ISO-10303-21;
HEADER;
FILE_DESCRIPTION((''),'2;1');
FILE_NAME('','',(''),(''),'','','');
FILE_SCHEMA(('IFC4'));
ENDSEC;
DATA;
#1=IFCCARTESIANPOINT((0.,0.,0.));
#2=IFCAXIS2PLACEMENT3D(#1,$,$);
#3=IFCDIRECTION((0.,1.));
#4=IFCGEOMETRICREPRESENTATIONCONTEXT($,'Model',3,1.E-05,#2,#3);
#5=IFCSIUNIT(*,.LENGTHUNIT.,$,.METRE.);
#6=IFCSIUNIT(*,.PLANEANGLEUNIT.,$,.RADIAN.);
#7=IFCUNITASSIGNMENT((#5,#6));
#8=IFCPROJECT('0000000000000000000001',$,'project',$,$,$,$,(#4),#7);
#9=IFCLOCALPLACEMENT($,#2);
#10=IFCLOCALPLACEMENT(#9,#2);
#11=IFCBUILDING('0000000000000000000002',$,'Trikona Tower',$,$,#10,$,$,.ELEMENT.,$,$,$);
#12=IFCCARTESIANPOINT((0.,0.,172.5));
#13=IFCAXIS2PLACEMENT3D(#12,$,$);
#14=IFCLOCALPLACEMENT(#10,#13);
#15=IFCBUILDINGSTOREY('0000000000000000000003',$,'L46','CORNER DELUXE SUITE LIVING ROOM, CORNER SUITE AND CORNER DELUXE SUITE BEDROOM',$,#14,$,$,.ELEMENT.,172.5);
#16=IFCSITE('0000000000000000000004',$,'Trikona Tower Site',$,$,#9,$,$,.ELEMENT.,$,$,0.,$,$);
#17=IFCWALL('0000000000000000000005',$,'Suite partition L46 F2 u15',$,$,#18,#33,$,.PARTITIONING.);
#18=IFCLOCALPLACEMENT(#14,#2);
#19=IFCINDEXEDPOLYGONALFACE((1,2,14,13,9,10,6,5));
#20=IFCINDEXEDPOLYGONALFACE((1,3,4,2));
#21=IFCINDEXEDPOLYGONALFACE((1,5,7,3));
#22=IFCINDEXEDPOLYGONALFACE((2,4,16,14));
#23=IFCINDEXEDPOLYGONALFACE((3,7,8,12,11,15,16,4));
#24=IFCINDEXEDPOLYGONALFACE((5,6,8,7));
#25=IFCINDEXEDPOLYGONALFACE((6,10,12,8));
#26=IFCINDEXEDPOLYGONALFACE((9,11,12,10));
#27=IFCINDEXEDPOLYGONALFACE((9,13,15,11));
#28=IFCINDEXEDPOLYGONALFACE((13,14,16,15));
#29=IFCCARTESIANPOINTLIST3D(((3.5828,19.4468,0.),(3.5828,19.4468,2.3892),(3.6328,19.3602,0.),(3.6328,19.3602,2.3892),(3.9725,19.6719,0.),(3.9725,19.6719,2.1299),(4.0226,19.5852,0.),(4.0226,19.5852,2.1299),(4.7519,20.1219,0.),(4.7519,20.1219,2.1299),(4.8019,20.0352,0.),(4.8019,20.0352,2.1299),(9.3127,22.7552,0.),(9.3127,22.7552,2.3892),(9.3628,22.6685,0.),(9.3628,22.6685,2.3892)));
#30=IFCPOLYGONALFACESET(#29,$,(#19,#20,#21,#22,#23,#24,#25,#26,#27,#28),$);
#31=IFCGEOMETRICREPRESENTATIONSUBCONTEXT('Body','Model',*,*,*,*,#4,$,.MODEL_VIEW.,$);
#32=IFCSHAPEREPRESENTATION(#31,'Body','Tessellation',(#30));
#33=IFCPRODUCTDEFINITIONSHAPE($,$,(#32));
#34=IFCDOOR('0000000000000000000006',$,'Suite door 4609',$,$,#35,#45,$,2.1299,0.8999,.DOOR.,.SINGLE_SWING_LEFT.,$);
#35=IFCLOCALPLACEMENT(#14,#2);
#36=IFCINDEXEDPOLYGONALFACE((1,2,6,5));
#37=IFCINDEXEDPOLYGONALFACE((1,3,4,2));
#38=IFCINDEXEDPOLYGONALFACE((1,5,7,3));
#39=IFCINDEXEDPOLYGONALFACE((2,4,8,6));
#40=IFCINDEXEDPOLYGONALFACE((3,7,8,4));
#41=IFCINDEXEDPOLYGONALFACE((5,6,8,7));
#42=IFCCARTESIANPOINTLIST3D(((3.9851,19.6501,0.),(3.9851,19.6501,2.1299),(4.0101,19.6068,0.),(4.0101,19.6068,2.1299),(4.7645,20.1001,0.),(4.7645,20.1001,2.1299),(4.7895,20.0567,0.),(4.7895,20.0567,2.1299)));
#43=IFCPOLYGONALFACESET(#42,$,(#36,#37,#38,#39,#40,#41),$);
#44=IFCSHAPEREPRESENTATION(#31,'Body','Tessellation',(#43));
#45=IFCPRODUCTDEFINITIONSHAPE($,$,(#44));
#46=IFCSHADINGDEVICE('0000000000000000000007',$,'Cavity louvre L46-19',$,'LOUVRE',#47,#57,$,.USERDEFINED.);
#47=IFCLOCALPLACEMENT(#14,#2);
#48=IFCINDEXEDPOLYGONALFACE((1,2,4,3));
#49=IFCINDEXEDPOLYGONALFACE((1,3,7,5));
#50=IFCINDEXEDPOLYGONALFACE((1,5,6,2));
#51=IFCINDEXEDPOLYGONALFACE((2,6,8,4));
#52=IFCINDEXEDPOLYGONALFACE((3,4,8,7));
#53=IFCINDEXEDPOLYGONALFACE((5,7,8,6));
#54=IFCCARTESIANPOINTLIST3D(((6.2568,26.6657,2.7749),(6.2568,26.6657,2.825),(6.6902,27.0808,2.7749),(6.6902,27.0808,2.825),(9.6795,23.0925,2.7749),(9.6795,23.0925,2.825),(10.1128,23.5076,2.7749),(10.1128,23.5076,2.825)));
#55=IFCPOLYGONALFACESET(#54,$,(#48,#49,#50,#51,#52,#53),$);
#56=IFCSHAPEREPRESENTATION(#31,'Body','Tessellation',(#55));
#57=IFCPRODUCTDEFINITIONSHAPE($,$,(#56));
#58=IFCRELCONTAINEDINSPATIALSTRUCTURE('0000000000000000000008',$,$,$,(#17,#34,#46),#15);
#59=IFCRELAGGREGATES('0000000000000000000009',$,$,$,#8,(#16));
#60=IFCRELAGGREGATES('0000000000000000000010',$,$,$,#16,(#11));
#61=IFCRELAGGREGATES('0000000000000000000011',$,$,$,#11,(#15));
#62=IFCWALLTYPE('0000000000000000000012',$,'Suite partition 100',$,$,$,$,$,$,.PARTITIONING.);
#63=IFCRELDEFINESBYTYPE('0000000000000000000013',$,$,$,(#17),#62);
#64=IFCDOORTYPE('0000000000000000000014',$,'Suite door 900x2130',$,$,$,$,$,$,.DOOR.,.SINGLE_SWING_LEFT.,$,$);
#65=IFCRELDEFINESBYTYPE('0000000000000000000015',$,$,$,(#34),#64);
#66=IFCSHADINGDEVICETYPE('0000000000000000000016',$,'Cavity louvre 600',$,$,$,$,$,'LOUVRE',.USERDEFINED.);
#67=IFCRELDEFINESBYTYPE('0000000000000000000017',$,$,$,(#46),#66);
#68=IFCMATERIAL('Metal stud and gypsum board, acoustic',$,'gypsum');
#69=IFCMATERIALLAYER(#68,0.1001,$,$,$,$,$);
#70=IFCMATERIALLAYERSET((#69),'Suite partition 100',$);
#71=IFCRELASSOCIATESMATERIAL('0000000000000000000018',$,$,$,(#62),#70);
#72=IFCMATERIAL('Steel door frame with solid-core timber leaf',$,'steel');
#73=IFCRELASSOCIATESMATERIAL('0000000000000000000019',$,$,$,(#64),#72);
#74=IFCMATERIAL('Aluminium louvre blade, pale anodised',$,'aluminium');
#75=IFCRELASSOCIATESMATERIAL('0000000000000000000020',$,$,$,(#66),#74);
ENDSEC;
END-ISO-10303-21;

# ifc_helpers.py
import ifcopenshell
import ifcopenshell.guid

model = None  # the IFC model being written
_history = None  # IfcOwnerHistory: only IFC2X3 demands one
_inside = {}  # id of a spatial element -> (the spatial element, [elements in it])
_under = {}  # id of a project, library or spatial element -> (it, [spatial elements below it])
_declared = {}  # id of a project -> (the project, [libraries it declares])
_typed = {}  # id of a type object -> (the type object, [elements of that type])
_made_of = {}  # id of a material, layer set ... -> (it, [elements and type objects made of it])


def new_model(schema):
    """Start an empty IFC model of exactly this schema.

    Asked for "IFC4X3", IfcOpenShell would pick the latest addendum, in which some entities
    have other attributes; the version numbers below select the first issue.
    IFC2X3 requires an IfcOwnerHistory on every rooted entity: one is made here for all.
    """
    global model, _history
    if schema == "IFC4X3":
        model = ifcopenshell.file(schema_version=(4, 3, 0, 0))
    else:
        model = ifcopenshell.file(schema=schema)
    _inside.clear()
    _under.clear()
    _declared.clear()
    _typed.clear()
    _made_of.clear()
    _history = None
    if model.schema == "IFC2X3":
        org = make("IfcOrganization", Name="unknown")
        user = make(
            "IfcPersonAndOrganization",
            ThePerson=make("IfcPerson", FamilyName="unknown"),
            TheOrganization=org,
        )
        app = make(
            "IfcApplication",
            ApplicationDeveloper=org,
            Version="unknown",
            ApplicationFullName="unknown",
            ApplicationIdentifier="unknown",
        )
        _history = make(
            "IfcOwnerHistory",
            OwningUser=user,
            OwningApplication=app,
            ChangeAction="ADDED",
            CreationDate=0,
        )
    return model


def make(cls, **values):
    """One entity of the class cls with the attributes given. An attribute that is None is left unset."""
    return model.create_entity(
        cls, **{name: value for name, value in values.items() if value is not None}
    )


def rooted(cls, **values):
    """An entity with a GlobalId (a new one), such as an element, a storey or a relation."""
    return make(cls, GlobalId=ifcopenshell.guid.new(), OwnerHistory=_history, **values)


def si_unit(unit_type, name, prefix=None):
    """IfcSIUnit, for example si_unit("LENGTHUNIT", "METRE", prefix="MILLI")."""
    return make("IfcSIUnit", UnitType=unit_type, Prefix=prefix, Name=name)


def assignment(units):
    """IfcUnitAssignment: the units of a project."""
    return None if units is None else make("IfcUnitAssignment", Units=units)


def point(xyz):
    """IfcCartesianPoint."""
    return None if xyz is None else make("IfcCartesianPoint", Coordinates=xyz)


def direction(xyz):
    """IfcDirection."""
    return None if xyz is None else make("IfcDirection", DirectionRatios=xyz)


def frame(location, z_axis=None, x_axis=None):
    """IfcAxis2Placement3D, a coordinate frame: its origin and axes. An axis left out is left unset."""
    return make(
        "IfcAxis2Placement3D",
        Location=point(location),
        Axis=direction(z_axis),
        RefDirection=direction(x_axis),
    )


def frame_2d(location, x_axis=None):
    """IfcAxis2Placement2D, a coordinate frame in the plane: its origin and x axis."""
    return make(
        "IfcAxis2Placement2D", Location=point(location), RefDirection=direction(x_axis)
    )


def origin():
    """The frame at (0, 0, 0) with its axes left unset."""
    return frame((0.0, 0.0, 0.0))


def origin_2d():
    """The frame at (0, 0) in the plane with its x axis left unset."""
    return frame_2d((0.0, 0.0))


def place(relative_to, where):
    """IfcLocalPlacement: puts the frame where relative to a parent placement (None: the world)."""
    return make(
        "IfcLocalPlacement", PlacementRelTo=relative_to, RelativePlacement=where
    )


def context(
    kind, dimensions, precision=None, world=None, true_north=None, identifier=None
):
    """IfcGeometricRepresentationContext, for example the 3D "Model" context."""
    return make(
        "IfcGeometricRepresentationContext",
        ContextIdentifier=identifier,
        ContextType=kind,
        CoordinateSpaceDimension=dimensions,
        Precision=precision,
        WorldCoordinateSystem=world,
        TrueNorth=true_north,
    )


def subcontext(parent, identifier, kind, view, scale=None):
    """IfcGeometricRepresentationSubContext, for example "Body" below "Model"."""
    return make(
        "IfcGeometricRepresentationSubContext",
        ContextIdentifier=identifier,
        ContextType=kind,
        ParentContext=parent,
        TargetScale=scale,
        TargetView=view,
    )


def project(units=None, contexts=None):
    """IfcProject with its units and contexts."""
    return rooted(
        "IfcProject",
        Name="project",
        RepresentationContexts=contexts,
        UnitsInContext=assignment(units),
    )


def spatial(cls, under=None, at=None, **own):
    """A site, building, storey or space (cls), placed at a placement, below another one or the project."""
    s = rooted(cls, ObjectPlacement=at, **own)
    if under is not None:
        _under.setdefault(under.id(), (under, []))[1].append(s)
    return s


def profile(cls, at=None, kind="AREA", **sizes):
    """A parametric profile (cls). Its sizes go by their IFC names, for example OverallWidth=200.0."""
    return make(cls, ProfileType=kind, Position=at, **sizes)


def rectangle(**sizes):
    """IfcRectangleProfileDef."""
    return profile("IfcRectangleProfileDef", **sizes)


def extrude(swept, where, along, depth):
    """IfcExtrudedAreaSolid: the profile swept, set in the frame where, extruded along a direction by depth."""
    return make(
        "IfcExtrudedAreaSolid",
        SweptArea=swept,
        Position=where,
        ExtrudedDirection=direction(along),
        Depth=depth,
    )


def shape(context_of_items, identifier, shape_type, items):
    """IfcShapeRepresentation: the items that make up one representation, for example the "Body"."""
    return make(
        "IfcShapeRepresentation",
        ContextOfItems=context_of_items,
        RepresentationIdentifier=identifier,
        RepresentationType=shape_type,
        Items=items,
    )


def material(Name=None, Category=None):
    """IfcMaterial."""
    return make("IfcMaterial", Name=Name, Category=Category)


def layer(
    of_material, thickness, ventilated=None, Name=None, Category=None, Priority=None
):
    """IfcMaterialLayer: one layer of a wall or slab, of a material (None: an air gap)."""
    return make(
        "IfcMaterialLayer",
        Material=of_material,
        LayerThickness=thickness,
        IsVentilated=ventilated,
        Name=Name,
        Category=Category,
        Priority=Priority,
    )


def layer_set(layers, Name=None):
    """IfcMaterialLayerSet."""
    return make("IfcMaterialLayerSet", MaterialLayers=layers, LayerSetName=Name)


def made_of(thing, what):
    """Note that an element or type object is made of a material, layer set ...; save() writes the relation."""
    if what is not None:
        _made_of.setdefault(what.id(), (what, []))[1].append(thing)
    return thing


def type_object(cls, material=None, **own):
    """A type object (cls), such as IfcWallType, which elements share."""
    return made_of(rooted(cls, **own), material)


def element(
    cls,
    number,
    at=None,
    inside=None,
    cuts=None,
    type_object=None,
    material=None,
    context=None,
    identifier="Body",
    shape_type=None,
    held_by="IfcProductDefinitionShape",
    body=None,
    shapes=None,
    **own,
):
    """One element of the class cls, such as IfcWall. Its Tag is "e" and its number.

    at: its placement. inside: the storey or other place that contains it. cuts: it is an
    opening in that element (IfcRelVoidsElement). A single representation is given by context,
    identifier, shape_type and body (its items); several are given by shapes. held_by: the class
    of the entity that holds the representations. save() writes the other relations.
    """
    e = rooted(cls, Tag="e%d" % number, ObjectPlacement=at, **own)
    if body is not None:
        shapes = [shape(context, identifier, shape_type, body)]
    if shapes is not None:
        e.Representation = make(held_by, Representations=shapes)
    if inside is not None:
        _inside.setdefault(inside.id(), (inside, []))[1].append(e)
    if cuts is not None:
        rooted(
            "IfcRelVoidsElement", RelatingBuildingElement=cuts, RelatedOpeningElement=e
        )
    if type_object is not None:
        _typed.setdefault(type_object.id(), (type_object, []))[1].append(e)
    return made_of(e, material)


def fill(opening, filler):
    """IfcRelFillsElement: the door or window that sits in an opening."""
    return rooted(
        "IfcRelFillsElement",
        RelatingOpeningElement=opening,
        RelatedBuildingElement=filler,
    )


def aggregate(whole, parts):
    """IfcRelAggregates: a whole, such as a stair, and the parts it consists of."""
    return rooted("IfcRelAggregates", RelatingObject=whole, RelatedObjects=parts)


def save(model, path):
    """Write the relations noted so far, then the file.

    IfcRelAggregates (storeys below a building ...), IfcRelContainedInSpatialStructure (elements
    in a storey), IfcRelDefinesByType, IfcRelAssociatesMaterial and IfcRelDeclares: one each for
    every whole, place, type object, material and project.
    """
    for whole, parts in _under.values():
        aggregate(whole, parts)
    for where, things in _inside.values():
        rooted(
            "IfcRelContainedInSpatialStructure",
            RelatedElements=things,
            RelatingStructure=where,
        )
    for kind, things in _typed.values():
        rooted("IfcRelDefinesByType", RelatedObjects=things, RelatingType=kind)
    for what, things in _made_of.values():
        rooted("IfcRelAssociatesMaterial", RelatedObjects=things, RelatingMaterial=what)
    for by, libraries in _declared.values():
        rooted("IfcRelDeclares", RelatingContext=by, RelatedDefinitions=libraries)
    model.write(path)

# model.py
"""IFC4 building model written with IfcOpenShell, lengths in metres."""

from ifc_helpers import new_model, si_unit, direction, frame, frame_2d, origin, origin_2d, place, context, subcontext, project, spatial, rectangle, extrude, material, layer, layer_set, type_object, element, fill, save


model = new_model("IFC4")

# Units and contexts
model_context = context("Model", 3, precision=1e-05, world=origin(), true_north=direction((0.0, 1.0)))
body_context = subcontext(model_context, "Body", "Model", "MODEL_VIEW")
ifc_project = project(units=[si_unit("LENGTHUNIT", "METRE"), si_unit("PLANEANGLEUNIT", "RADIAN")], contexts=[model_context])

# Site, building, storey
site_placement = place(None, origin())
site = spatial("IfcSite", under=ifc_project, at=site_placement, Name="Trikona Tower Site", CompositionType="ELEMENT", RefElevation=0.0)
building_placement = place(site_placement, origin())
building = spatial("IfcBuilding", under=site, at=building_placement, Name="Trikona Tower", CompositionType="ELEMENT")
storey_placement = place(building_placement, frame((0.0, 0.0, 172.5)))
storey = spatial("IfcBuildingStorey", under=building, at=storey_placement, Name="L46", Description="CORNER DELUXE SUITE LIVING ROOM, CORNER SUITE AND CORNER DELUXE SUITE BEDROOM", CompositionType="ELEMENT", Elevation=172.5)

# Wall, opening, door
ifc_material_1 = material(Name="Metal stud and gypsum board, acoustic", Category="gypsum")
ifc_layer_1 = layer(ifc_material_1, 0.1001)
ifc_layer_set_1 = layer_set([ifc_layer_1], Name="Suite partition 100")
wall_type_1 = type_object("IfcWallType", Name="Suite partition 100", PredefinedType="PARTITIONING", material=ifc_layer_set_1)
wall_1_placement = place(storey_placement, frame((3.6079, 19.4036, 0.0), z_axis=(0.0, 0.0, 1.0), x_axis=(0.866016, 0.500016, 0.0)))
wall_1 = element("IfcWall", 1, at=wall_1_placement, inside=storey, type_object=wall_type_1, Name="Suite partition L46 F2 u15", PredefinedType="PARTITIONING", context=body_context, shape_type="SweptSolid", body=[
    extrude(rectangle(XDim=6.6165, YDim=0.1001, at=frame_2d((3.3081, 0.0))), origin(), (0.0, 0.0, 1.0), 2.3892),
])
opening_1_placement = place(wall_1_placement, frame((0.45, 0.0, 0.0)))
opening_1 = element("IfcOpeningElement", 2, at=opening_1_placement, cuts=wall_1, PredefinedType="OPENING", context=body_context, shape_type="SweptSolid", body=[
    extrude(rectangle(XDim=0.8999, YDim=2.1299, at=frame_2d((0.45, 1.0649))), frame((0.0, 0.0601, 0.0), z_axis=(0.0, -1.0, 0.0), x_axis=(1.0, 0.0, 0.0)), (0.0, 0.0, 1.0), 0.1201),
])
ifc_material_2 = material(Name="Steel door frame with solid-core timber leaf", Category="steel")
door_type_1 = type_object("IfcDoorType", Name="Suite door 900x2130", OperationType="SINGLE_SWING_LEFT", PredefinedType="DOOR", material=ifc_material_2)
door_1_placement = place(opening_1_placement, origin())
door_1 = element("IfcDoor", 3, at=door_1_placement, inside=storey, type_object=door_type_1, Name="Suite door 4609", OperationType="SINGLE_SWING_LEFT", OverallHeight=2.1299, OverallWidth=0.8999, PredefinedType="DOOR", context=body_context, shape_type="SweptSolid", body=[
    extrude(rectangle(XDim=0.8999, YDim=2.1299, at=frame_2d((0.45, 1.0649))), frame((0.0, 0.0249, 0.0), z_axis=(0.0, -1.0, 0.0), x_axis=(1.0, 0.0, 0.0)), (0.0, 0.0, 1.0), 0.05),
])
fill(opening_1, door_1)

# Shading device
ifc_material_3 = material(Name="Aluminium louvre blade, pale anodised", Category="aluminium")
shading_device_type = type_object("IfcShadingDeviceType", Name="Cavity louvre 600", ElementType="LOUVRE", PredefinedType="USERDEFINED", material=ifc_material_3)
shading_device_placement = place(storey_placement, frame((8.1848, 25.0867, 2.7749), z_axis=(0.0, 0.0, 1.0), x_axis=(-0.691724, 0.722162, 0.0)))
element("IfcShadingDevice", 4, at=shading_device_placement, inside=storey, type_object=shading_device_type, Name="Cavity louvre L46-19", ObjectType="LOUVRE", PredefinedType="USERDEFINED", context=body_context, shape_type="SweptSolid", body=[
    extrude(rectangle(XDim=4.948, YDim=0.6001, at=origin_2d()), origin(), (0.0, 0.0, 1.0), 0.05),
])

save(model, "model.ifc")
